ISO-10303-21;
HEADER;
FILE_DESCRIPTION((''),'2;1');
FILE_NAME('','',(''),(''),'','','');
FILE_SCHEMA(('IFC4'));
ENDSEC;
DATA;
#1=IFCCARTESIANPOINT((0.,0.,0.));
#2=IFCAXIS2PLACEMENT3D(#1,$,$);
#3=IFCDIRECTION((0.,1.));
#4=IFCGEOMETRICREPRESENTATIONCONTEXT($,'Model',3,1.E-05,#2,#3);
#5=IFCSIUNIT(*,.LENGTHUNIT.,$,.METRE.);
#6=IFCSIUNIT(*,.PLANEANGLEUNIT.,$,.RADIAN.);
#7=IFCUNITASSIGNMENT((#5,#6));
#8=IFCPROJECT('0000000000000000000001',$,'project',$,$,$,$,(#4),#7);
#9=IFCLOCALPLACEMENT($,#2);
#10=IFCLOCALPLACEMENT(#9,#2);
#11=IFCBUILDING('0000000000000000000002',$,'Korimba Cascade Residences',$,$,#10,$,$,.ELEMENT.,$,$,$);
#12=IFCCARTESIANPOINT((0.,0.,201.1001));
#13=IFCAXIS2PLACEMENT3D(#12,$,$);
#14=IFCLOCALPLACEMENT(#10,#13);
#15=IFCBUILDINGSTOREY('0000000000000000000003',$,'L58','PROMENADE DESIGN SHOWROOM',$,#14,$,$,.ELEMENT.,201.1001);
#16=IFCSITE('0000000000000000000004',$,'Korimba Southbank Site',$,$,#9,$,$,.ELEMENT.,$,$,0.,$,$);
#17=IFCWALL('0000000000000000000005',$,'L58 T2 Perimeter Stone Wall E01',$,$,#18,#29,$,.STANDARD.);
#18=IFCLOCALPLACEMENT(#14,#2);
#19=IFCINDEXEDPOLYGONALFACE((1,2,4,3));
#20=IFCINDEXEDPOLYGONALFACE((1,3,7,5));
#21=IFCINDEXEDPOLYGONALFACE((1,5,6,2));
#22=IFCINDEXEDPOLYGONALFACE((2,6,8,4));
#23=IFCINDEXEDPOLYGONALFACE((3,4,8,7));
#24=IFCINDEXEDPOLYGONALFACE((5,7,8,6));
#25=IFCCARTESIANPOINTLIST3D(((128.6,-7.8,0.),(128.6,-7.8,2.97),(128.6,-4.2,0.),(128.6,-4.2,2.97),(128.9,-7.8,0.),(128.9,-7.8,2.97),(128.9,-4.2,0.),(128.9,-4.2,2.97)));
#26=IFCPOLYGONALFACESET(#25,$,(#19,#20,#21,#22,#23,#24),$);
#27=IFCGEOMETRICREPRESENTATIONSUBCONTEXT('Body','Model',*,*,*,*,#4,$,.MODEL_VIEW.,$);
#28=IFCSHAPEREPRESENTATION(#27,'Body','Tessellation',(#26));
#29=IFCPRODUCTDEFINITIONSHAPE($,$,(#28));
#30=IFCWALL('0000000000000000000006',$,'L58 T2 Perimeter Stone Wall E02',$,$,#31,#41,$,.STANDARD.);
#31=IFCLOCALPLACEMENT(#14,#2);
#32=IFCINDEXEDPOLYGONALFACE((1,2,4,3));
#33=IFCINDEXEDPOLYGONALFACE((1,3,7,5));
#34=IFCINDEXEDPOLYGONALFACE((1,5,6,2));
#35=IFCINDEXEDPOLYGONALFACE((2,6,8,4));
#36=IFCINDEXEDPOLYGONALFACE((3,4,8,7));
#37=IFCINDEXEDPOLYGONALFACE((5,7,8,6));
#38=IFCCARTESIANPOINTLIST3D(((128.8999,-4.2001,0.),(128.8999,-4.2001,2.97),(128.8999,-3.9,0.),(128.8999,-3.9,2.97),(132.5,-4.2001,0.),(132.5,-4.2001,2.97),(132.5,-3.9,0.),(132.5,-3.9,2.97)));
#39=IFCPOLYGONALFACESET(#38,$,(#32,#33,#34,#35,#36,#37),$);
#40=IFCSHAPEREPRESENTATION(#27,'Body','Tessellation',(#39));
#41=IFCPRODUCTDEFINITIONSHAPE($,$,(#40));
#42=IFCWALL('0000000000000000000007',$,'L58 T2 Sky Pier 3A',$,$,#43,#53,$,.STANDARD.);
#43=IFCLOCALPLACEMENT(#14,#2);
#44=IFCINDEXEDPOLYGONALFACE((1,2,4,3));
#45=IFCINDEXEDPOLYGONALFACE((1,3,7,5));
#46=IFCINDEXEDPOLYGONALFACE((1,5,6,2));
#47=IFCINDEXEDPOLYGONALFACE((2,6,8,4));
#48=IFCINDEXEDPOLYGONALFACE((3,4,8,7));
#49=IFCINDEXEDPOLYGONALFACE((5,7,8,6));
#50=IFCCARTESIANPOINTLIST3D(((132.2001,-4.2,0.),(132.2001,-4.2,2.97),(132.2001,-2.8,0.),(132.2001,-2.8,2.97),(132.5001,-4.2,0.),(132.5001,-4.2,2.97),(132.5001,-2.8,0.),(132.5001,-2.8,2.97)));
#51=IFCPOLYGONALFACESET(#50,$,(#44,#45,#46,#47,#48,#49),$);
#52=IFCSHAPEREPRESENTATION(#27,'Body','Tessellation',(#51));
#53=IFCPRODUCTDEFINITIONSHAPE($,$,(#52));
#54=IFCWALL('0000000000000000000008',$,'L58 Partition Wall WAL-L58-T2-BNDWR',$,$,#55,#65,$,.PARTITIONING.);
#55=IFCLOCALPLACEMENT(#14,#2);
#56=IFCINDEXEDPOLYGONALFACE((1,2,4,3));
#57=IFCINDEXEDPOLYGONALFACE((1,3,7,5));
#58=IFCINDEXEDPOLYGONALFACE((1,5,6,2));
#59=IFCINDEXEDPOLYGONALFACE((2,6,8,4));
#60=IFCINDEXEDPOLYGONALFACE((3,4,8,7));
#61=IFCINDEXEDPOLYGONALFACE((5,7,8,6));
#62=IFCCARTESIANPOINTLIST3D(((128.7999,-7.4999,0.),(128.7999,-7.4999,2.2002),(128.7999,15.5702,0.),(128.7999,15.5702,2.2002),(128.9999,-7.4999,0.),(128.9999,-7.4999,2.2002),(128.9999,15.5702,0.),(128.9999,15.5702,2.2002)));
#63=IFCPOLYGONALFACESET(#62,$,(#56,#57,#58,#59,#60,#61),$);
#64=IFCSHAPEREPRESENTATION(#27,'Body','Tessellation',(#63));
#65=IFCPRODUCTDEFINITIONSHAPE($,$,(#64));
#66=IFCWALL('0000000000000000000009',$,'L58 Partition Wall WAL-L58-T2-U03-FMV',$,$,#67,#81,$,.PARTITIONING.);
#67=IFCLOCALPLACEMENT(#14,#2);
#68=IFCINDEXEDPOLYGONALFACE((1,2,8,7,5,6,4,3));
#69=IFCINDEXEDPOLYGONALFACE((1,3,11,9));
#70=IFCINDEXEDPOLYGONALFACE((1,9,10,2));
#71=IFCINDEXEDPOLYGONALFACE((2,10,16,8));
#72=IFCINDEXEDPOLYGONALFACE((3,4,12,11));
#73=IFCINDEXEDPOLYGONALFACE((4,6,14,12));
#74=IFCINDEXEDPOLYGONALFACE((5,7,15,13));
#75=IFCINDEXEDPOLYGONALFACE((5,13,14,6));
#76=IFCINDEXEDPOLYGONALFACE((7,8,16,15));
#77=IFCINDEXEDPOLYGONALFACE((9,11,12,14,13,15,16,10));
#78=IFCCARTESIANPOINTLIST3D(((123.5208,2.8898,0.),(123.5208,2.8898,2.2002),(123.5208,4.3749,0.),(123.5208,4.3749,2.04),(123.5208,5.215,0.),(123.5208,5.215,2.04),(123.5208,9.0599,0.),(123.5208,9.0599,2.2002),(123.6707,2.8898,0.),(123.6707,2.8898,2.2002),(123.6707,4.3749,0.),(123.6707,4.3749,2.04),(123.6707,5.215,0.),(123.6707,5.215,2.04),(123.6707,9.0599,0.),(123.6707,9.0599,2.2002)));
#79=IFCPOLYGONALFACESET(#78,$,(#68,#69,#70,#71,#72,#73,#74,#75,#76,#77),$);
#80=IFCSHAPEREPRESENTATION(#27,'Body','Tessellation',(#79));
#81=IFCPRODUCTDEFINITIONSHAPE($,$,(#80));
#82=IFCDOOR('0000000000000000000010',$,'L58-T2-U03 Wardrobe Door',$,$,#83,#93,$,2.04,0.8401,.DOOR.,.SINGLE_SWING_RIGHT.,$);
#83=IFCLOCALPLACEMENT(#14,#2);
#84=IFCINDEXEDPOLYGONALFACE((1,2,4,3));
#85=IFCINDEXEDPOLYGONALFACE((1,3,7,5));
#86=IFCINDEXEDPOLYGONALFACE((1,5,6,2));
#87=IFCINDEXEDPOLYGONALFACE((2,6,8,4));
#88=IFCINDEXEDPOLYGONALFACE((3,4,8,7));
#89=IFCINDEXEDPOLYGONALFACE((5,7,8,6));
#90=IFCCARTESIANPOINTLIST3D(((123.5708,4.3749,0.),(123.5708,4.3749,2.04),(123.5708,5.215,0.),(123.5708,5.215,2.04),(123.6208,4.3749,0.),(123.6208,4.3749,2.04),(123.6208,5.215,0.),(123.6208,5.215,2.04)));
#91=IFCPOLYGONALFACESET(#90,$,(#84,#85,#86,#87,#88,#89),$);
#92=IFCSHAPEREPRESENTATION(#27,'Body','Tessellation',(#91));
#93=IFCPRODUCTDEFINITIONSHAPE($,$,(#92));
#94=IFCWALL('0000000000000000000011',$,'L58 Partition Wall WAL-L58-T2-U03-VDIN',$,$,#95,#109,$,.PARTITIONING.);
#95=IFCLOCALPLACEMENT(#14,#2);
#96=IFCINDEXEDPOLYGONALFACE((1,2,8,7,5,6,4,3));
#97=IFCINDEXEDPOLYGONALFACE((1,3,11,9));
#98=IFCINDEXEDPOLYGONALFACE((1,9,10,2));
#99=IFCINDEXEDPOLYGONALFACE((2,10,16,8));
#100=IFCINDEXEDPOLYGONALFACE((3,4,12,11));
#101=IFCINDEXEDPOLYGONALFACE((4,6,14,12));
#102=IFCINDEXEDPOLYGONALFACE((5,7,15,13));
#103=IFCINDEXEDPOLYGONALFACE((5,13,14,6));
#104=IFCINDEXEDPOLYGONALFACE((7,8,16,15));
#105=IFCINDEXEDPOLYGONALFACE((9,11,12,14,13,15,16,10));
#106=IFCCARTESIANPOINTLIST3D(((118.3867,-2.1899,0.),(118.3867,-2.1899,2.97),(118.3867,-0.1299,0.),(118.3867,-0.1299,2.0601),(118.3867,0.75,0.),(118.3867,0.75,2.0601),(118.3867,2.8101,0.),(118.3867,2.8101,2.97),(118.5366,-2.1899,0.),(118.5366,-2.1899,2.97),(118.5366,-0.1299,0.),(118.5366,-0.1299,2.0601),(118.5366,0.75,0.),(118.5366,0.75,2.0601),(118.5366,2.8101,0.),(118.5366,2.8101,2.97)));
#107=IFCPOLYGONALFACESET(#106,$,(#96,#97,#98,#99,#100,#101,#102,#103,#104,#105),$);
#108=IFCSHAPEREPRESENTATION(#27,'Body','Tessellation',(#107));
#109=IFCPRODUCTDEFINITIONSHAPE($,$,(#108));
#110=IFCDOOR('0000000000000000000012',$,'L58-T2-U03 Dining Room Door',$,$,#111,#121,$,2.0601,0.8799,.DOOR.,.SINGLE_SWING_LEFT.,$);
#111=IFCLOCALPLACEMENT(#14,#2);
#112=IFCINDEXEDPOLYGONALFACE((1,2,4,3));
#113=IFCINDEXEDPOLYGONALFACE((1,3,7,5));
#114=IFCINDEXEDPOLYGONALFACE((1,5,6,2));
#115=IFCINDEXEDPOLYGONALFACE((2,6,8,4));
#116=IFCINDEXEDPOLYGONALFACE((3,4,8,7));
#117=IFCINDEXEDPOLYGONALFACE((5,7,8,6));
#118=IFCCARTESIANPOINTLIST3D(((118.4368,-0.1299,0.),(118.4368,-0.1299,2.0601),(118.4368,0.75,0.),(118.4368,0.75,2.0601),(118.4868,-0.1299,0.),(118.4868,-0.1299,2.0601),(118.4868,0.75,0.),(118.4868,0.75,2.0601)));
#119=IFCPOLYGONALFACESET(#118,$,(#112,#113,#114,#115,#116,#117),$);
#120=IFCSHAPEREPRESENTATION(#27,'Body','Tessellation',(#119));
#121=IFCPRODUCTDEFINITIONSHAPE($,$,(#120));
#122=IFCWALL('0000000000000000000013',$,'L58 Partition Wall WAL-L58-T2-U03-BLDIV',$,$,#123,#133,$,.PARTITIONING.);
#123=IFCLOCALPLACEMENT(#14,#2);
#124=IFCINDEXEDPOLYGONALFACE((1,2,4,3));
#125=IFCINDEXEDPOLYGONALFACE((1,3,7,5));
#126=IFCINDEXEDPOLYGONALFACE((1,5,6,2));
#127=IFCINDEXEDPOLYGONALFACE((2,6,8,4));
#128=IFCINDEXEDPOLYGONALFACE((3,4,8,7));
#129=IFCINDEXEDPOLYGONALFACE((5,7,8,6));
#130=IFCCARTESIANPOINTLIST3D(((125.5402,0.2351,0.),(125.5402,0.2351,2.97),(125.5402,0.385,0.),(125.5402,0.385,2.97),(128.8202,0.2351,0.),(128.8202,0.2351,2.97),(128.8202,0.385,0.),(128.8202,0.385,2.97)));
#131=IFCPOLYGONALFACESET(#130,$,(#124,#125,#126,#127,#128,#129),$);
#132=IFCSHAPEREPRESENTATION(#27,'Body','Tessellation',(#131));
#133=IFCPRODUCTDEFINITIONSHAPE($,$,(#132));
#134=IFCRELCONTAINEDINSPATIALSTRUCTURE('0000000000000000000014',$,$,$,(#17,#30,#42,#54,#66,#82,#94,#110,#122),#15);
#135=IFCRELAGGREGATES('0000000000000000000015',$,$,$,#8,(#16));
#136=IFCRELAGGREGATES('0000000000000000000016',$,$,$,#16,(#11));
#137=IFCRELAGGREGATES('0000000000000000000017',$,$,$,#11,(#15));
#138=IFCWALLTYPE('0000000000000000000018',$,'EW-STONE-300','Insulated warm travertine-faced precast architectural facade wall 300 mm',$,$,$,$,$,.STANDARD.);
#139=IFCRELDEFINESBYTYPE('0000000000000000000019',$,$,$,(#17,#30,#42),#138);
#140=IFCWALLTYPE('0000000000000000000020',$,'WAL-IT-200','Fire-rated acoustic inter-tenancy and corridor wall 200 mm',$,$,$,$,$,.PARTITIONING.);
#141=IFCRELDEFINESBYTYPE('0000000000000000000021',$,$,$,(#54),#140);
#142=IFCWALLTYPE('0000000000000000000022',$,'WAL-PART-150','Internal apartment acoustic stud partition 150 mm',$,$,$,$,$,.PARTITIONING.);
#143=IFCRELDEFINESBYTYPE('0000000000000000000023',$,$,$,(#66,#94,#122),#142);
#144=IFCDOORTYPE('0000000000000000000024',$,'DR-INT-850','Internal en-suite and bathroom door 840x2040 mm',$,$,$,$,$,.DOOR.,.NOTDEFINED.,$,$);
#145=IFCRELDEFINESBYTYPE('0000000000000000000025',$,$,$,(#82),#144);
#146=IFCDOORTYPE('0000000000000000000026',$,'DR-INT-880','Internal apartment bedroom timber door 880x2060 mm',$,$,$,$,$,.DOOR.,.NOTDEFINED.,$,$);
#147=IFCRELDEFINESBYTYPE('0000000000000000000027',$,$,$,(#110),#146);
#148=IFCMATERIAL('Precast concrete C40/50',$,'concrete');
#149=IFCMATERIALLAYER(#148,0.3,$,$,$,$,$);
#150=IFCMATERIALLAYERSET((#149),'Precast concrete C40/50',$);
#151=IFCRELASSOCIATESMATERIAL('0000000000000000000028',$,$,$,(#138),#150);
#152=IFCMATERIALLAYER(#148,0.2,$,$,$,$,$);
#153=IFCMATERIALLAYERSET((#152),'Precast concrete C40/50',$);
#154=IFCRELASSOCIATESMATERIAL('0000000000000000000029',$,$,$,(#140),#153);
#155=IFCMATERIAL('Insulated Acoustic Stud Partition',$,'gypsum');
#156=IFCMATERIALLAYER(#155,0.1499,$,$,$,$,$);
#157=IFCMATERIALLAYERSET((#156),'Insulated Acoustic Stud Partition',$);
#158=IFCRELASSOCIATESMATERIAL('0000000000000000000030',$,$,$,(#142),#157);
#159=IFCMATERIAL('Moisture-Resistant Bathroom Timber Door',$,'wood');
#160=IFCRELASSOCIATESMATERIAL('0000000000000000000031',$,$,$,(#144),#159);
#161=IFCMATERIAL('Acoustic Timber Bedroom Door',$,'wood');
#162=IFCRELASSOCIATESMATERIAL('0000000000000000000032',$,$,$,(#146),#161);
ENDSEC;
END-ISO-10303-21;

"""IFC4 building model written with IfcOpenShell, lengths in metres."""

from ifc_helpers import new_model, si_unit, direction, frame, frame_2d, origin, place, context, subcontext, project, spatial, rectangle, extrude, material, layer, layer_set, type_object, element, fill, save


model = new_model("IFC4")

# Units and contexts
model_context = context("Model", 3, precision=1e-05, world=origin(), true_north=direction((0.0, 1.0)))
body_context = subcontext(model_context, "Body", "Model", "MODEL_VIEW")
ifc_project = project(units=[si_unit("LENGTHUNIT", "METRE"), si_unit("PLANEANGLEUNIT", "RADIAN")], contexts=[model_context])

# Site, building, storey
site_placement = place(None, origin())
site = spatial("IfcSite", under=ifc_project, at=site_placement, Name="Korimba Southbank Site", CompositionType="ELEMENT", RefElevation=0.0)
building_placement = place(site_placement, origin())
building = spatial("IfcBuilding", under=site, at=building_placement, Name="Korimba Cascade Residences", CompositionType="ELEMENT")
storey_placement = place(building_placement, frame((0.0, 0.0, 201.1001)))
storey = spatial("IfcBuildingStorey", under=building, at=storey_placement, Name="L58", Description="PROMENADE DESIGN SHOWROOM", CompositionType="ELEMENT", Elevation=201.1001)

# Walls
ifc_material_1 = material(Name="Precast concrete C40/50", Category="concrete")
ifc_layer_1 = layer(ifc_material_1, 0.3)
ifc_layer_set_1 = layer_set([ifc_layer_1], Name="Precast concrete C40/50")
wall_type_1 = type_object("IfcWallType", Name="EW-STONE-300", Description="Insulated warm travertine-faced precast architectural facade wall 300 mm", PredefinedType="STANDARD", material=ifc_layer_set_1)
for number, where, z_axis, x_axis, name in (
    (1, (128.75, -7.8, 0.0), (0.0, 0.0, 1.0), (0.0, 1.0, 0.0), "L58 T2 Perimeter Stone Wall E01"),
    (2, (128.8999, -4.05, 0.0), (0.0, 0.0, 1.0), (1.0, 0.0, 0.0), "L58 T2 Perimeter Stone Wall E02"),
):
    element("IfcWall", number, at=place(storey_placement, frame(where, z_axis=z_axis, x_axis=x_axis)), inside=storey, type_object=wall_type_1, Name=name, PredefinedType="STANDARD", context=body_context, shape_type="SweptSolid", body=[
        extrude(rectangle(XDim=3.6001, YDim=0.3, at=frame_2d((1.8, 0.0))), origin(), (0.0, 0.0, 1.0), 2.97),
    ])
wall_1_placement = place(storey_placement, frame((132.3501, -4.2, 0.0), z_axis=(0.0, 0.0, 1.0), x_axis=(0.0, 1.0, 0.0)))
element("IfcWall", 3, at=wall_1_placement, inside=storey, type_object=wall_type_1, Name="L58 T2 Sky Pier 3A", PredefinedType="STANDARD", context=body_context, shape_type="SweptSolid", body=[
    extrude(rectangle(XDim=1.3999, YDim=0.3, at=frame_2d((0.7, 0.0))), origin(), (0.0, 0.0, 1.0), 2.97),
])
ifc_layer_2 = layer(ifc_material_1, 0.2)
ifc_layer_set_2 = layer_set([ifc_layer_2], Name="Precast concrete C40/50")
wall_type_2 = type_object("IfcWallType", Name="WAL-IT-200", Description="Fire-rated acoustic inter-tenancy and corridor wall 200 mm", PredefinedType="PARTITIONING", material=ifc_layer_set_2)
wall_2_placement = place(storey_placement, frame((128.8999, -7.5, 0.0), z_axis=(0.0, 0.0, 1.0), x_axis=(0.0, 1.0, 0.0)))
element("IfcWall", 4, at=wall_2_placement, inside=storey, type_object=wall_type_2, Name="L58 Partition Wall WAL-L58-T2-BNDWR", PredefinedType="PARTITIONING", context=body_context, shape_type="SweptSolid", body=[
    extrude(rectangle(XDim=23.0701, YDim=0.2, at=frame_2d((11.5352, 0.0))), origin(), (0.0, 0.0, 1.0), 2.2002),
])

# Walls, openings, doors
ifc_material_2 = material(Name="Insulated Acoustic Stud Partition", Category="gypsum")
ifc_layer_3 = layer(ifc_material_2, 0.1499)
ifc_layer_set_3 = layer_set([ifc_layer_3], Name="Insulated Acoustic Stud Partition")
wall_type_3 = type_object("IfcWallType", Name="WAL-PART-150", Description="Internal apartment acoustic stud partition 150 mm", PredefinedType="PARTITIONING", material=ifc_layer_set_3)
wall_3_placement = place(storey_placement, frame((123.5957, 2.8899, 0.0), z_axis=(0.0, 0.0, 1.0), x_axis=(0.0, 1.0, 0.0)))
wall_3 = element("IfcWall", 5, at=wall_3_placement, inside=storey, type_object=wall_type_3, Name="L58 Partition Wall WAL-L58-T2-U03-FMV", PredefinedType="PARTITIONING", context=body_context, shape_type="SweptSolid", body=[
    extrude(rectangle(XDim=6.1702, YDim=0.1499, at=frame_2d((3.085, 0.0))), origin(), (0.0, 0.0, 1.0), 2.2002),
])
opening_1_placement = place(wall_3_placement, frame((1.4851, 0.0, 0.0)))
opening_1 = element("IfcOpeningElement", 6, at=opening_1_placement, cuts=wall_3, PredefinedType="OPENING", context=body_context, shape_type="SweptSolid", body=[
    extrude(rectangle(XDim=0.8401, YDim=2.04, at=frame_2d((0.4199, 1.02))), frame((0.0, 0.085, 0.0), z_axis=(0.0, -1.0, 0.0), x_axis=(1.0, 0.0, 0.0)), (0.0, 0.0, 1.0), 0.1699),
])
ifc_material_3 = material(Name="Moisture-Resistant Bathroom Timber Door", Category="wood")
door_type_1 = type_object("IfcDoorType", Name="DR-INT-850", Description="Internal en-suite and bathroom door 840x2040 mm", OperationType="NOTDEFINED", PredefinedType="DOOR", material=ifc_material_3)
door_1_placement = place(opening_1_placement, origin())
door_1 = element("IfcDoor", 7, at=door_1_placement, inside=storey, type_object=door_type_1, Name="L58-T2-U03 Wardrobe Door", OperationType="SINGLE_SWING_RIGHT", OverallHeight=2.04, OverallWidth=0.8401, PredefinedType="DOOR", context=body_context, shape_type="SweptSolid", body=[
    extrude(rectangle(XDim=0.8401, YDim=2.04, at=frame_2d((0.4199, 1.02))), frame((0.0, 0.0249, 0.0), z_axis=(0.0, -1.0, 0.0), x_axis=(1.0, 0.0, 0.0)), (0.0, 0.0, 1.0), 0.05),
])
fill(opening_1, door_1)
wall_4_placement = place(storey_placement, frame((118.4617, -2.1899, 0.0), z_axis=(0.0, 0.0, 1.0), x_axis=(0.0, 1.0, 0.0)))
wall_4 = element("IfcWall", 8, at=wall_4_placement, inside=storey, type_object=wall_type_3, Name="L58 Partition Wall WAL-L58-T2-U03-VDIN", PredefinedType="PARTITIONING", context=body_context, shape_type="SweptSolid", body=[
    extrude(rectangle(XDim=5.0, YDim=0.1499, at=frame_2d((2.5, 0.0))), origin(), (0.0, 0.0, 1.0), 2.97),
])
opening_2_placement = place(wall_4_placement, frame((2.0601, 0.0, 0.0)))
opening_2 = element("IfcOpeningElement", 9, at=opening_2_placement, cuts=wall_4, PredefinedType="OPENING", context=body_context, shape_type="SweptSolid", body=[
    extrude(rectangle(XDim=0.8799, YDim=2.0601, at=frame_2d((0.4399, 1.03))), frame((0.0, 0.085, 0.0), z_axis=(0.0, -1.0, 0.0), x_axis=(1.0, 0.0, 0.0)), (0.0, 0.0, 1.0), 0.1699),
])
ifc_material_4 = material(Name="Acoustic Timber Bedroom Door", Category="wood")
door_type_2 = type_object("IfcDoorType", Name="DR-INT-880", Description="Internal apartment bedroom timber door 880x2060 mm", OperationType="NOTDEFINED", PredefinedType="DOOR", material=ifc_material_4)
door_2_placement = place(opening_2_placement, origin())
door_2 = element("IfcDoor", 10, at=door_2_placement, inside=storey, type_object=door_type_2, Name="L58-T2-U03 Dining Room Door", OperationType="SINGLE_SWING_LEFT", OverallHeight=2.0601, OverallWidth=0.8799, PredefinedType="DOOR", context=body_context, shape_type="SweptSolid", body=[
    extrude(rectangle(XDim=0.8799, YDim=2.0601, at=frame_2d((0.4399, 1.03))), frame((0.0, 0.0249, 0.0), z_axis=(0.0, -1.0, 0.0), x_axis=(1.0, 0.0, 0.0)), (0.0, 0.0, 1.0), 0.05),
])
fill(opening_2, door_2)

# Wall
wall_5_placement = place(storey_placement, frame((125.54, 0.3101, 0.0), z_axis=(0.0, 0.0, 1.0), x_axis=(1.0, 0.0, 0.0)))
element("IfcWall", 11, at=wall_5_placement, inside=storey, type_object=wall_type_3, Name="L58 Partition Wall WAL-L58-T2-U03-BLDIV", PredefinedType="PARTITIONING", context=body_context, shape_type="SweptSolid", body=[
    extrude(rectangle(XDim=3.28, YDim=0.1499, at=frame_2d((1.6401, 0.0))), origin(), (0.0, 0.0, 1.0), 2.97),
])

save(model, "model.ifc")
